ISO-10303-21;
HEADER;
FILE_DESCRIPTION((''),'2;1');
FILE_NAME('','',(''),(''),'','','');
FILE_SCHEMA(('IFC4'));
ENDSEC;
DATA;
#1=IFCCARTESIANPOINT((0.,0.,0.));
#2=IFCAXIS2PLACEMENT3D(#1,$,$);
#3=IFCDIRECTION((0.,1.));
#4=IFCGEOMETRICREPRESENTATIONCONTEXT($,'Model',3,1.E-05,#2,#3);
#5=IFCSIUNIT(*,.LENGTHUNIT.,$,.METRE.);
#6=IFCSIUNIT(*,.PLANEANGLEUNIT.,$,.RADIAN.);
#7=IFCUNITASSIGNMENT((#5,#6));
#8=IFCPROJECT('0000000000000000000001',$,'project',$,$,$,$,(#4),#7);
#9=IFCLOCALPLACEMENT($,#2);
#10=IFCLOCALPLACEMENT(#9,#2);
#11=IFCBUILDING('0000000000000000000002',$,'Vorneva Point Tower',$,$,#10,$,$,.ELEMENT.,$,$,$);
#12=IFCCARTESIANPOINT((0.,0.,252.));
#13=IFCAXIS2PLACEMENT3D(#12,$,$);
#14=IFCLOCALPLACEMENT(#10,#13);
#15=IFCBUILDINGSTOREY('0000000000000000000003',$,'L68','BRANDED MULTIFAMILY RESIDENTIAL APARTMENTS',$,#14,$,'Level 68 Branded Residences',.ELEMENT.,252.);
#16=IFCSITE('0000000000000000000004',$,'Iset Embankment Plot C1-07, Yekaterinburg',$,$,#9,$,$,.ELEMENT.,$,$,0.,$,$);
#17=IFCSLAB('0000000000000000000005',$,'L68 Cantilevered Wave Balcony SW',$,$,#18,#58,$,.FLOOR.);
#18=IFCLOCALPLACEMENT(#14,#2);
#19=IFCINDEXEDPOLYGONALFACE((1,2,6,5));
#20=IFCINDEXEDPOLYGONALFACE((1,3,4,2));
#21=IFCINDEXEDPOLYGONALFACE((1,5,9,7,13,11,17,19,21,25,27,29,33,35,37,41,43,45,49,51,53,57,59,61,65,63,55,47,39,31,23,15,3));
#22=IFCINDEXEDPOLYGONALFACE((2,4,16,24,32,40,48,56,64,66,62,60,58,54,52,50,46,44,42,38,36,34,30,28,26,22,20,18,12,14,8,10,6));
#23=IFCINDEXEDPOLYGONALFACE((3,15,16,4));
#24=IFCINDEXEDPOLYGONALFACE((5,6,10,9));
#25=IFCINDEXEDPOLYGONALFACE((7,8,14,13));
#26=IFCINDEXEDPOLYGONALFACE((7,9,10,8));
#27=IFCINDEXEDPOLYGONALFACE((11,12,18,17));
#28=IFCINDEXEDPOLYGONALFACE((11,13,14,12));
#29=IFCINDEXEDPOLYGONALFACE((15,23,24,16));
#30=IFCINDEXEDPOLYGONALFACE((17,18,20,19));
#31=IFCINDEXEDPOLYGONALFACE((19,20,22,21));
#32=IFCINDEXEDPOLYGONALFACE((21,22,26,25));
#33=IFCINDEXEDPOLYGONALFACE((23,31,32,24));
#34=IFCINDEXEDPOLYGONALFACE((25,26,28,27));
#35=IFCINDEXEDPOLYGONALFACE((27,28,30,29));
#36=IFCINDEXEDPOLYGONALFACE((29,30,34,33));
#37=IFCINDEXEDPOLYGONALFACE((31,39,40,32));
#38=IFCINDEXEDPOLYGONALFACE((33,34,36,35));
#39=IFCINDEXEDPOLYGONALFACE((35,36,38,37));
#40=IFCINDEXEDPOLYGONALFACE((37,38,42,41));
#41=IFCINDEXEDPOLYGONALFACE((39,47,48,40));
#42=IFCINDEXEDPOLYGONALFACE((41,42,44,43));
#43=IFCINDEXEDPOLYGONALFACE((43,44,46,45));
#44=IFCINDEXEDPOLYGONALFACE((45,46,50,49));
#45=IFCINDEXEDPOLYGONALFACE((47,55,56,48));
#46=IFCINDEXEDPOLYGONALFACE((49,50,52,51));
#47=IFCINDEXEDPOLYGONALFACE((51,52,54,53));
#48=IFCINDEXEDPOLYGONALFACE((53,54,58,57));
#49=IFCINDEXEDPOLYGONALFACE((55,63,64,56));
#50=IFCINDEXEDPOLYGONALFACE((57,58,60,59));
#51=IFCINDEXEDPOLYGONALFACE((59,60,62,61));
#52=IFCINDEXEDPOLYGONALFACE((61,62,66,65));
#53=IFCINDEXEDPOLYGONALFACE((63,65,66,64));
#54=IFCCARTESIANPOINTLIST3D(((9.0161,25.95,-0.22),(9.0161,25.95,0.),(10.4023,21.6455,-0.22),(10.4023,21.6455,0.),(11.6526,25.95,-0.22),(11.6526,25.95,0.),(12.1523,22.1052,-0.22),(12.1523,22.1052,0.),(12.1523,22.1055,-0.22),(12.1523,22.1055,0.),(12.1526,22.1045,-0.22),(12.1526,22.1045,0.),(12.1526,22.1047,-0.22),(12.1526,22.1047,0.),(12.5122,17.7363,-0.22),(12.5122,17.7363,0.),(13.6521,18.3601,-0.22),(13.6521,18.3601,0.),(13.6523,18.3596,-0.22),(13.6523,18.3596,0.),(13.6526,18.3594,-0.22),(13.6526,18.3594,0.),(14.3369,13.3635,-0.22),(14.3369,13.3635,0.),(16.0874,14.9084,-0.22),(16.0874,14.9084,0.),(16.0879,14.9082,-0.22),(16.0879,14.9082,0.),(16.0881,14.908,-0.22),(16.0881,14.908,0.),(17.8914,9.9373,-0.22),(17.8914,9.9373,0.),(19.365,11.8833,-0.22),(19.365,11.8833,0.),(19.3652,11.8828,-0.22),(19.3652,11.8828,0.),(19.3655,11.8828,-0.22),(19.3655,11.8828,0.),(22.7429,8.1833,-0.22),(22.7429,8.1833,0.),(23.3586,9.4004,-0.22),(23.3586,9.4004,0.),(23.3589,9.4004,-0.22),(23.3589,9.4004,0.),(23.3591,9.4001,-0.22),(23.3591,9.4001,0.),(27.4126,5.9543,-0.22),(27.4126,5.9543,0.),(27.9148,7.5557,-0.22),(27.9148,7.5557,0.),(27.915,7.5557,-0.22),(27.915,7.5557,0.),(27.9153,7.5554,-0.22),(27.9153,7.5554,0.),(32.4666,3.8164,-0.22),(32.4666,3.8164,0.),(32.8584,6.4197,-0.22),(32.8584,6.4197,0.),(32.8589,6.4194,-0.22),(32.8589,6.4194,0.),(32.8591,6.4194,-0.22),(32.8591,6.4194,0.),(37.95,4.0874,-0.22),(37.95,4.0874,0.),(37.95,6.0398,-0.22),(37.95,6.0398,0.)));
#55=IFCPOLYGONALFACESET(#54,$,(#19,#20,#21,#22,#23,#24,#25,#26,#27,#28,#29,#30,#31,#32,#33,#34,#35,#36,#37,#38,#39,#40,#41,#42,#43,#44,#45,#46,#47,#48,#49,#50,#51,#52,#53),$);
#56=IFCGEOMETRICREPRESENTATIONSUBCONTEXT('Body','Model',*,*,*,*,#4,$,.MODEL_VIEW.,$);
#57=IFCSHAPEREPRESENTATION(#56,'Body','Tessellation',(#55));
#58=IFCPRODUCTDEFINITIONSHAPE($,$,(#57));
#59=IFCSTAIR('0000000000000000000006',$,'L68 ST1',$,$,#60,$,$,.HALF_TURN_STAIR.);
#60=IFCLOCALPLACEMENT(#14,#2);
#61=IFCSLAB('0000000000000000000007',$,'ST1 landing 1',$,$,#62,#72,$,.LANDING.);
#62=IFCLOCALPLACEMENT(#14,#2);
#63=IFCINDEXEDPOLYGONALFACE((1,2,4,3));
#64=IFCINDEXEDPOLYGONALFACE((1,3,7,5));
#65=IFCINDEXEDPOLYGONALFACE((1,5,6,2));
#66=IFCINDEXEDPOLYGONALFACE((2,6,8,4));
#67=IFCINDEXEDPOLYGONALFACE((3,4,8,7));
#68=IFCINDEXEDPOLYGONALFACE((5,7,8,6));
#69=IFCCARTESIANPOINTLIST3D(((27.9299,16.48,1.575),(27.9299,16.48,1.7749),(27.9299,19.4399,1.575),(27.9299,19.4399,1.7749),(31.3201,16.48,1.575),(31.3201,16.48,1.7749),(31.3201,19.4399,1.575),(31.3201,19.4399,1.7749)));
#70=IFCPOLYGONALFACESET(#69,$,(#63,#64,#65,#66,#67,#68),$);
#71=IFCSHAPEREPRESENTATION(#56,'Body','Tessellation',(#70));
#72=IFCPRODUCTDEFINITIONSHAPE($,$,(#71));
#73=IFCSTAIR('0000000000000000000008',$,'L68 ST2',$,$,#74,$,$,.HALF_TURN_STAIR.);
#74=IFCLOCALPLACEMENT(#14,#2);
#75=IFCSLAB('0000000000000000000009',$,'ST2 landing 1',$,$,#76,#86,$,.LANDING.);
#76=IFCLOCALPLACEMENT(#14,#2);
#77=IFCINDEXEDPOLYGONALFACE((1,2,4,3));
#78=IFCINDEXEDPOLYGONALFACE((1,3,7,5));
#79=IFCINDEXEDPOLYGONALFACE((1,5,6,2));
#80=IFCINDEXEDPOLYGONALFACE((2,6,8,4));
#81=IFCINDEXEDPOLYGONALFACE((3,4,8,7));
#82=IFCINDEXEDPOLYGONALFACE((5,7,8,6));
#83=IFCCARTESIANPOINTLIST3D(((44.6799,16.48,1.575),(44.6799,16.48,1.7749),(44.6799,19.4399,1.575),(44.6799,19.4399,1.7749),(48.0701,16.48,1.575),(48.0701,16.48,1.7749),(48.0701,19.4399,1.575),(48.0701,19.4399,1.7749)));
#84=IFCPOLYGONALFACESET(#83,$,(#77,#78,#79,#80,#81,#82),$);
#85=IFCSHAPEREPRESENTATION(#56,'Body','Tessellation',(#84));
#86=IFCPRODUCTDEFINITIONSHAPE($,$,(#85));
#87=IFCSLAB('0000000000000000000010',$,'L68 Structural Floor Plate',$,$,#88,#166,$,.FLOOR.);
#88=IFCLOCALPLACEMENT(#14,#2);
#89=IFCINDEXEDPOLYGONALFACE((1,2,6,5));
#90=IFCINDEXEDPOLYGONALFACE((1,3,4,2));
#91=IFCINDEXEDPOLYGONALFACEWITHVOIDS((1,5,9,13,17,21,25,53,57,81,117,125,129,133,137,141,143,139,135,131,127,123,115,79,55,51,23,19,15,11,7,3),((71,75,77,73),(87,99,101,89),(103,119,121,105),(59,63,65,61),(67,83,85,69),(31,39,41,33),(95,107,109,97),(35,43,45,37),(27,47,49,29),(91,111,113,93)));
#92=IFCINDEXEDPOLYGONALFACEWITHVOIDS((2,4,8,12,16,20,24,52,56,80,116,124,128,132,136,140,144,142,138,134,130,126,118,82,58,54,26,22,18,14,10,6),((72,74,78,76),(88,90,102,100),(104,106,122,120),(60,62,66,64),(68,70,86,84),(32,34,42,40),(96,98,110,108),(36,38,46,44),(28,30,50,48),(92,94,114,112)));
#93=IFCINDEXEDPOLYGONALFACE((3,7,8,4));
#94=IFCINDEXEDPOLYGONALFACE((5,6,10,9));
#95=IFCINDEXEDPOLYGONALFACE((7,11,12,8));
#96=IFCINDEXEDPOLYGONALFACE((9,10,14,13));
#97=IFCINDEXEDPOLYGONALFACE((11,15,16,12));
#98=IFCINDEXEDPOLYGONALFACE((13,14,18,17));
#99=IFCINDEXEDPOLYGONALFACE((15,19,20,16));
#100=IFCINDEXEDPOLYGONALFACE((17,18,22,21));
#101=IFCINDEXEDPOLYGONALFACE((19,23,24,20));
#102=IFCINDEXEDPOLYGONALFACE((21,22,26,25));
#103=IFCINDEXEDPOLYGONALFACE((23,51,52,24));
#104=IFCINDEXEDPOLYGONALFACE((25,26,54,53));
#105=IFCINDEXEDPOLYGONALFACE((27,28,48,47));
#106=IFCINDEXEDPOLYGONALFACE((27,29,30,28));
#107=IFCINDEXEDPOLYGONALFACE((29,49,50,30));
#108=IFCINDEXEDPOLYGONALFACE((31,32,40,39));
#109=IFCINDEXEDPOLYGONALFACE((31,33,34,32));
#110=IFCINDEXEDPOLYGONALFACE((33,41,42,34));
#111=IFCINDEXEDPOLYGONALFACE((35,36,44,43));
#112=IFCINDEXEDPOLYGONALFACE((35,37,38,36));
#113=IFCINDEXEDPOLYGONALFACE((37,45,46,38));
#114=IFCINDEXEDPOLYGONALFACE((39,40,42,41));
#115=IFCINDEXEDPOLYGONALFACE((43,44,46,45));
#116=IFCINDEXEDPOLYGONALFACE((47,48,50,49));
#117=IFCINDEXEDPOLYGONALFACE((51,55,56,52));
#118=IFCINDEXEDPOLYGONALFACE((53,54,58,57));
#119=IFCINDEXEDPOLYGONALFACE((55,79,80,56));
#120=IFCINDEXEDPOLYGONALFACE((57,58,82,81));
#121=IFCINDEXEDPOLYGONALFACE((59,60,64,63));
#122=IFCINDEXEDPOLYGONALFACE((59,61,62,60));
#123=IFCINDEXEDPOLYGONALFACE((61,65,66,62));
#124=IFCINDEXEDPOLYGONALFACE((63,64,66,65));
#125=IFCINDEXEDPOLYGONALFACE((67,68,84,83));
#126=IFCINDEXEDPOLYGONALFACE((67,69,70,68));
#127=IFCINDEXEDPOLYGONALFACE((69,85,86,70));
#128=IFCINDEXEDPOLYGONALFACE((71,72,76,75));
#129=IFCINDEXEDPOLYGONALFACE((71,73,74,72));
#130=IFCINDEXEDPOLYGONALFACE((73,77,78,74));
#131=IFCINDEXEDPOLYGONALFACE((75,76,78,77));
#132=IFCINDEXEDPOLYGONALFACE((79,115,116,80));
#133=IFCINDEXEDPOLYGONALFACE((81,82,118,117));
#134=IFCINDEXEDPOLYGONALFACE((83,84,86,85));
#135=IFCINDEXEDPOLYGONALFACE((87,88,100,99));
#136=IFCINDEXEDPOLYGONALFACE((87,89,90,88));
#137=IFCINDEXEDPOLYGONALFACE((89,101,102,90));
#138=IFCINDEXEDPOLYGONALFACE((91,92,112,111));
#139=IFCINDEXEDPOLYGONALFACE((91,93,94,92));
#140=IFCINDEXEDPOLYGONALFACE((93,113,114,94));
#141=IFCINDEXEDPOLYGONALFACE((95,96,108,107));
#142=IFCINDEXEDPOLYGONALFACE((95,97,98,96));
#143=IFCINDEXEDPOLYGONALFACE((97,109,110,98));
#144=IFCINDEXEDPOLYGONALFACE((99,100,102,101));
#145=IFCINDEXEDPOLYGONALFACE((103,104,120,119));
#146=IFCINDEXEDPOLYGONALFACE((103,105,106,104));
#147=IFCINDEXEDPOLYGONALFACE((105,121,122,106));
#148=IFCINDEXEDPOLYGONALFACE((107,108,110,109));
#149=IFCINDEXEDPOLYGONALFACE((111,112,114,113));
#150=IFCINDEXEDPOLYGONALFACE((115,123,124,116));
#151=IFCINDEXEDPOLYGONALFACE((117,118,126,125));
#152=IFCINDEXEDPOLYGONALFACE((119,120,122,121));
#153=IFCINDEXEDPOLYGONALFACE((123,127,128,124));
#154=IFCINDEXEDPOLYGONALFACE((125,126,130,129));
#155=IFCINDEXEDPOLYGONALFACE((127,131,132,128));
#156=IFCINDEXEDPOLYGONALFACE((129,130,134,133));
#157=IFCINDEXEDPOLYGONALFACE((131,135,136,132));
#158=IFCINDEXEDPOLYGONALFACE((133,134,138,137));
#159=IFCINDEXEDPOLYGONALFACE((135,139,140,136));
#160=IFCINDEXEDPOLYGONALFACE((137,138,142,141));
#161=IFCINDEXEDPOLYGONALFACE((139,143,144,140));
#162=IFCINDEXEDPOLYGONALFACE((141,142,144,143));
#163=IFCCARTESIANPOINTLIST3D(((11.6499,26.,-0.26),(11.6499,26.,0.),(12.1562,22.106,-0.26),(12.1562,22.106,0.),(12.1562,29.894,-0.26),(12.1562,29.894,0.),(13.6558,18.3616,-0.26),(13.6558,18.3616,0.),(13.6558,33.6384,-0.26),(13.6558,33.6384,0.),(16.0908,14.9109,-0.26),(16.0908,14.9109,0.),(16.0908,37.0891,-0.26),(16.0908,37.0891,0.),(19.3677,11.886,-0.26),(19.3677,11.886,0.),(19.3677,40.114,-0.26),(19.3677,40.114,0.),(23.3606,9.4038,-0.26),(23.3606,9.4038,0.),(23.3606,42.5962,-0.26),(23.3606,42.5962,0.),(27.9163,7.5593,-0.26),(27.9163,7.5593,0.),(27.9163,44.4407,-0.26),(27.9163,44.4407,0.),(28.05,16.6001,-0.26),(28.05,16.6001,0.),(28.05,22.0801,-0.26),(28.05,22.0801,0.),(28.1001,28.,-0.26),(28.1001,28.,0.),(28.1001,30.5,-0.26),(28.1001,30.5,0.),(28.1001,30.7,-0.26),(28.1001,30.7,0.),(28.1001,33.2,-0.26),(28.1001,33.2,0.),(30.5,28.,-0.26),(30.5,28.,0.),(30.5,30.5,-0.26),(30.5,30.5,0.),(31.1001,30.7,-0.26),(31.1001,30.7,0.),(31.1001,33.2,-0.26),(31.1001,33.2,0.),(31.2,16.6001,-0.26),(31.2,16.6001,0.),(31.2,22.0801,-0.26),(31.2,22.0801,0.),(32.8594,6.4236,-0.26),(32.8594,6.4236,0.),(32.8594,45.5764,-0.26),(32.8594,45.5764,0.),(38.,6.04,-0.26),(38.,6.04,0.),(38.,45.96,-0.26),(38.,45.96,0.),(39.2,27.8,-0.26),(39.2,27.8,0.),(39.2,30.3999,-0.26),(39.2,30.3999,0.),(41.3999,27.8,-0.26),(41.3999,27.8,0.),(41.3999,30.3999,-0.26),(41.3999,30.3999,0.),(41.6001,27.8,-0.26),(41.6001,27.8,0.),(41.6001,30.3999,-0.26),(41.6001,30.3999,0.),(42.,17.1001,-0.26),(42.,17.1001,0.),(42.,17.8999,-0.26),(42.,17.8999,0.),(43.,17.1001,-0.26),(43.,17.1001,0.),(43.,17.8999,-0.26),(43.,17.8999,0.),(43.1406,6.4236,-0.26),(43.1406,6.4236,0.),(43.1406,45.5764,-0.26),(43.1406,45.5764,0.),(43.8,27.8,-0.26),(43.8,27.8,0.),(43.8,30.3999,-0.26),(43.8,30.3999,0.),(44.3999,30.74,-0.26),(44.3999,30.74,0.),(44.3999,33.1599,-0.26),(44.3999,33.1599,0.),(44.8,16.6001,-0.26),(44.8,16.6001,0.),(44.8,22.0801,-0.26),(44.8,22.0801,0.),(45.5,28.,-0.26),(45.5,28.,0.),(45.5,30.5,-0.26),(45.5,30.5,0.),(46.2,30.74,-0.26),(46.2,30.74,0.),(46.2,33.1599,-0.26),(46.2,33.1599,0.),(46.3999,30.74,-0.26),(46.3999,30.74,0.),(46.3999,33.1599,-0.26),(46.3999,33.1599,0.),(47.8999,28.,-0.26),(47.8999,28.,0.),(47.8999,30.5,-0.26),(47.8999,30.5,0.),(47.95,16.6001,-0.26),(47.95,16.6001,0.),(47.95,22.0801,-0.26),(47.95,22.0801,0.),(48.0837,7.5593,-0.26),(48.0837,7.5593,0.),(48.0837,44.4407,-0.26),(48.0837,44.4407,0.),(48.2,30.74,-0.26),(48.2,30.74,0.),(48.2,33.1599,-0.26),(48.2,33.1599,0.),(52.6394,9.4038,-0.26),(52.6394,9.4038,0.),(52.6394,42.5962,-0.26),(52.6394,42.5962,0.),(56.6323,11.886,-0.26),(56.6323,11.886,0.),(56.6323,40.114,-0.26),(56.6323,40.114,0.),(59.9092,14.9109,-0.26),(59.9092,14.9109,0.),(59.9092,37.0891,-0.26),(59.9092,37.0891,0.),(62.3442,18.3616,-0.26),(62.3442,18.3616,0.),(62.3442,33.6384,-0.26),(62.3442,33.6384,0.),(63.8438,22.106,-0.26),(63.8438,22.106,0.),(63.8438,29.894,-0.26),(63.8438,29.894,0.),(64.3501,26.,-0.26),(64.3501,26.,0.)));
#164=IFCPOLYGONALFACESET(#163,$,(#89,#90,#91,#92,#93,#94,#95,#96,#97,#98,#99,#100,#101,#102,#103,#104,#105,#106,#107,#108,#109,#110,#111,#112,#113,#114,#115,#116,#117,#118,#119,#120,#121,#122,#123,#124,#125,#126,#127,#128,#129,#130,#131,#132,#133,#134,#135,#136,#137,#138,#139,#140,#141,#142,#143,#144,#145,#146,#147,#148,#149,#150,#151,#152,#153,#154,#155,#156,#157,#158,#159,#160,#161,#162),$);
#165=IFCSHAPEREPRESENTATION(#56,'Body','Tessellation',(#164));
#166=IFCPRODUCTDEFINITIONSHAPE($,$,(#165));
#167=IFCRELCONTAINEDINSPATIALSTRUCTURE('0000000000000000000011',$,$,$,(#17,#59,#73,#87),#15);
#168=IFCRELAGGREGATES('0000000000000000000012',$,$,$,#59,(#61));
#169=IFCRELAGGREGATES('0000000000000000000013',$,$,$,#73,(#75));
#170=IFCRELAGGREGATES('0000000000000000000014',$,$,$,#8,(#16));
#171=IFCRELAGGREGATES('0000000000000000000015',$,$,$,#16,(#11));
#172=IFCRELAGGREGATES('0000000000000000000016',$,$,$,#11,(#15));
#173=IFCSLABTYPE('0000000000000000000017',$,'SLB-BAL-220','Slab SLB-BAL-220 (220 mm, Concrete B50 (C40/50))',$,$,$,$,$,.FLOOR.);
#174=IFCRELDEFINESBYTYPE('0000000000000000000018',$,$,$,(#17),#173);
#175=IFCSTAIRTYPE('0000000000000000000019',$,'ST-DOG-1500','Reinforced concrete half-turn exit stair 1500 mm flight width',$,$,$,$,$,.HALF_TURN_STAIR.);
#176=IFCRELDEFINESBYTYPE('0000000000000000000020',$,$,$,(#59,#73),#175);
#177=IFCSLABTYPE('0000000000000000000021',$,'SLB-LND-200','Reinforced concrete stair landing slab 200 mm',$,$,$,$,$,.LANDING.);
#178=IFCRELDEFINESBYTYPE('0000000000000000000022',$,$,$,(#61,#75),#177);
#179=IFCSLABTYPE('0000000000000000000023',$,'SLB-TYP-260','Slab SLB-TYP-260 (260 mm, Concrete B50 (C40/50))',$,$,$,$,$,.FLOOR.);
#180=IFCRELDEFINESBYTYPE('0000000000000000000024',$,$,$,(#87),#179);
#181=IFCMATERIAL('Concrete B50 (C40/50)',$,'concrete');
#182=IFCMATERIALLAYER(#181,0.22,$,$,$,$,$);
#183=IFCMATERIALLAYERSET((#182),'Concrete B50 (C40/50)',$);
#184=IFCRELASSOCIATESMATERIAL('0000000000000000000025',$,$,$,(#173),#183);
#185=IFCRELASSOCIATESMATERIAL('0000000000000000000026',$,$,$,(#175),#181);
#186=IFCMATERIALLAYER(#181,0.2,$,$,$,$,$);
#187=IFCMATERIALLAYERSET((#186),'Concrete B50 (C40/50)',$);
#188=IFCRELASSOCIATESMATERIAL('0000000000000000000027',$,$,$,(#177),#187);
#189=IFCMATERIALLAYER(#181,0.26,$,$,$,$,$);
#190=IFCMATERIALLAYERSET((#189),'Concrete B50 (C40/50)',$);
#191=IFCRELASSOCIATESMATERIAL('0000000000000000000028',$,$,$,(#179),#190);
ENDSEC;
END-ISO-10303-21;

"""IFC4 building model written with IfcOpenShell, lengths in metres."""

from ifc_helpers import new_model, si_unit, direction, frame, origin, place, context, subcontext, project, spatial, polyline, outline, extrude, material, layer, layer_set, type_object, element, aggregate, save


model = new_model("IFC4")

# Units and contexts
model_context = context("Model", 3, precision=1e-05, world=origin(), true_north=direction((0.0, 1.0)))
body_context = subcontext(model_context, "Body", "Model", "MODEL_VIEW")
ifc_project = project(units=[si_unit("LENGTHUNIT", "METRE"), si_unit("PLANEANGLEUNIT", "RADIAN")], contexts=[model_context])

# Site, building, storey
site_placement = place(None, origin())
site = spatial("IfcSite", under=ifc_project, at=site_placement, Name="Iset Embankment Plot C1-07, Yekaterinburg", CompositionType="ELEMENT", RefElevation=0.0)
building_placement = place(site_placement, origin())
building = spatial("IfcBuilding", under=site, at=building_placement, Name="Vorneva Point Tower", CompositionType="ELEMENT")
storey_placement = place(building_placement, frame((0.0, 0.0, 252.0)))
storey = spatial("IfcBuildingStorey", under=building, at=storey_placement, Name="L68", Description="BRANDED MULTIFAMILY RESIDENTIAL APARTMENTS", LongName="Level 68 Branded Residences", CompositionType="ELEMENT", Elevation=252.0)

# Shared definitions
ifc_material_1 = material(Name="Concrete B50 (C40/50)", Category="concrete")

# Slab
ifc_layer_1 = layer(ifc_material_1, 0.22)
ifc_layer_set_1 = layer_set([ifc_layer_1], Name="Concrete B50 (C40/50)")
slab_type_1 = type_object("IfcSlabType", Name="SLB-BAL-220", Description="Slab SLB-BAL-220 (220 mm, Concrete B50 (C40/50))", PredefinedType="FLOOR", material=ifc_layer_set_1)
slab_1_placement = place(storey_placement, frame((0.0, 0.0, -0.22)))
element("IfcSlab", 1, at=slab_1_placement, inside=storey, type_object=slab_type_1, Name="L68 Cantilevered Wave Balcony SW", PredefinedType="FLOOR", context=body_context, shape_type="SweptSolid", body=[
    extrude(outline(polyline([(37.95, 4.0874), (37.95, 6.0398), (32.8591, 6.4194), (32.8589, 6.4194), (32.8584, 6.4197), (27.9153, 7.5554), (27.915, 7.5557), (27.9148, 7.5557), (23.3591, 9.4001), (23.3589, 9.4004), (23.3586, 9.4004), (19.3655, 11.8828), (19.3652, 11.8828), (19.365, 11.8833), (16.0881, 14.908), (16.0879, 14.9082), (16.0874, 14.9084), (13.6526, 18.3594), (13.6523, 18.3596), (13.6521, 18.3601), (12.1526, 22.1045), (12.1526, 22.1047), (12.1523, 22.1052), (12.1523, 22.1055), (11.6526, 25.95), (9.0161, 25.95), (10.4023, 21.6455), (12.5122, 17.7363), (14.3369, 13.3635), (17.8914, 9.9373), (22.7429, 8.1833), (27.4126, 5.9543), (32.4666, 3.8164), (37.95, 4.0874)])), origin(), (0.0, 0.0, 1.0), 0.22),
])

# Stairs, slabs
stair_type = type_object("IfcStairType", Name="ST-DOG-1500", Description="Reinforced concrete half-turn exit stair 1500 mm flight width", PredefinedType="HALF_TURN_STAIR", material=ifc_material_1)
stair_1_placement = place(storey_placement, origin())
stair_1 = element("IfcStair", 2, at=stair_1_placement, inside=storey, type_object=stair_type, Name="L68 ST1", PredefinedType="HALF_TURN_STAIR")
ifc_layer_2 = layer(ifc_material_1, 0.2)
ifc_layer_set_2 = layer_set([ifc_layer_2], Name="Concrete B50 (C40/50)")
slab_type_2 = type_object("IfcSlabType", Name="SLB-LND-200", Description="Reinforced concrete stair landing slab 200 mm", PredefinedType="LANDING", material=ifc_layer_set_2)
slab_2_placement = place(storey_placement, frame((0.0, 0.0, 1.575)))
slab_2 = element("IfcSlab", 3, at=slab_2_placement, type_object=slab_type_2, Name="ST1 landing 1", PredefinedType="LANDING", context=body_context, shape_type="SweptSolid", body=[
    extrude(outline(polyline([(27.9299, 16.48), (31.3201, 16.48), (31.3201, 19.4399), (27.9299, 19.4399), (27.9299, 16.48)])), origin(), (0.0, 0.0, 1.0), 0.2),
])
aggregate(stair_1, [slab_2])
stair_2_placement = place(storey_placement, origin())
stair_2 = element("IfcStair", 4, at=stair_2_placement, inside=storey, type_object=stair_type, Name="L68 ST2", PredefinedType="HALF_TURN_STAIR")
slab_3_placement = place(storey_placement, frame((0.0, 0.0, 1.575)))
slab_3 = element("IfcSlab", 5, at=slab_3_placement, type_object=slab_type_2, Name="ST2 landing 1", PredefinedType="LANDING", context=body_context, shape_type="SweptSolid", body=[
    extrude(outline(polyline([(44.6799, 16.48), (48.0701, 16.48), (48.0701, 19.4399), (44.6799, 19.4399), (44.6799, 16.48)])), origin(), (0.0, 0.0, 1.0), 0.2),
])
aggregate(stair_2, [slab_3])

# Slab
ifc_layer_3 = layer(ifc_material_1, 0.26)
ifc_layer_set_3 = layer_set([ifc_layer_3], Name="Concrete B50 (C40/50)")
slab_type_3 = type_object("IfcSlabType", Name="SLB-TYP-260", Description="Slab SLB-TYP-260 (260 mm, Concrete B50 (C40/50))", PredefinedType="FLOOR", material=ifc_layer_set_3)
slab_4_placement = place(storey_placement, frame((0.0, 0.0, -0.26)))
element("IfcSlab", 6, at=slab_4_placement, inside=storey, type_object=slab_type_3, Name="L68 Structural Floor Plate", PredefinedType="FLOOR", context=body_context, shape_type="SweptSolid", body=[
    extrude(outline(polyline([(64.3501, 26.0), (63.8438, 29.894), (62.3442, 33.6384), (59.9092, 37.0891), (56.6323, 40.114), (52.6394, 42.5962), (48.0837, 44.4407), (43.1406, 45.5764), (38.0, 45.96), (32.8594, 45.5764), (27.9163, 44.4407), (23.3606, 42.5962), (19.3677, 40.114), (16.0908, 37.0891), (13.6558, 33.6384), (12.1562, 29.894), (11.6499, 26.0), (12.1562, 22.106), (13.6558, 18.3616), (16.0908, 14.9109), (19.3677, 11.886), (23.3606, 9.4038), (27.9163, 7.5593), (32.8594, 6.4236), (38.0, 6.04), (43.1406, 6.4236), (48.0837, 7.5593), (52.6394, 9.4038), (56.6323, 11.886), (59.9092, 14.9109), (62.3442, 18.3616), (63.8438, 22.106), (64.3501, 26.0)]), holes=[polyline([(39.2, 27.8), (41.3999, 27.8), (41.3999, 30.3999), (39.2, 30.3999), (39.2, 27.8)]), polyline([(41.6001, 27.8), (43.8, 27.8), (43.8, 30.3999), (41.6001, 30.3999), (41.6001, 27.8)]), polyline([(44.3999, 30.74), (46.2, 30.74), (46.2, 33.1599), (44.3999, 33.1599), (44.3999, 30.74)]), polyline([(46.3999, 30.74), (48.2, 30.74), (48.2, 33.1599), (46.3999, 33.1599), (46.3999, 30.74)]), polyline([(28.1001, 28.0), (30.5, 28.0), (30.5, 30.5), (28.1001, 30.5), (28.1001, 28.0)]), polyline([(45.5, 28.0), (47.8999, 28.0), (47.8999, 30.5), (45.5, 30.5), (45.5, 28.0)]), polyline([(28.1001, 30.7), (31.1001, 30.7), (31.1001, 33.2), (28.1001, 33.2), (28.1001, 30.7)]), polyline([(28.05, 16.6001), (31.2, 16.6001), (31.2, 22.0801), (28.05, 22.0801), (28.05, 16.6001)]), polyline([(44.8, 16.6001), (47.95, 16.6001), (47.95, 22.0801), (44.8, 22.0801), (44.8, 16.6001)]), polyline([(42.0, 17.1001), (43.0, 17.1001), (43.0, 17.8999), (42.0, 17.8999), (42.0, 17.1001)])]), origin(), (0.0, 0.0, 1.0), 0.26),
])

save(model, "model.ifc")
